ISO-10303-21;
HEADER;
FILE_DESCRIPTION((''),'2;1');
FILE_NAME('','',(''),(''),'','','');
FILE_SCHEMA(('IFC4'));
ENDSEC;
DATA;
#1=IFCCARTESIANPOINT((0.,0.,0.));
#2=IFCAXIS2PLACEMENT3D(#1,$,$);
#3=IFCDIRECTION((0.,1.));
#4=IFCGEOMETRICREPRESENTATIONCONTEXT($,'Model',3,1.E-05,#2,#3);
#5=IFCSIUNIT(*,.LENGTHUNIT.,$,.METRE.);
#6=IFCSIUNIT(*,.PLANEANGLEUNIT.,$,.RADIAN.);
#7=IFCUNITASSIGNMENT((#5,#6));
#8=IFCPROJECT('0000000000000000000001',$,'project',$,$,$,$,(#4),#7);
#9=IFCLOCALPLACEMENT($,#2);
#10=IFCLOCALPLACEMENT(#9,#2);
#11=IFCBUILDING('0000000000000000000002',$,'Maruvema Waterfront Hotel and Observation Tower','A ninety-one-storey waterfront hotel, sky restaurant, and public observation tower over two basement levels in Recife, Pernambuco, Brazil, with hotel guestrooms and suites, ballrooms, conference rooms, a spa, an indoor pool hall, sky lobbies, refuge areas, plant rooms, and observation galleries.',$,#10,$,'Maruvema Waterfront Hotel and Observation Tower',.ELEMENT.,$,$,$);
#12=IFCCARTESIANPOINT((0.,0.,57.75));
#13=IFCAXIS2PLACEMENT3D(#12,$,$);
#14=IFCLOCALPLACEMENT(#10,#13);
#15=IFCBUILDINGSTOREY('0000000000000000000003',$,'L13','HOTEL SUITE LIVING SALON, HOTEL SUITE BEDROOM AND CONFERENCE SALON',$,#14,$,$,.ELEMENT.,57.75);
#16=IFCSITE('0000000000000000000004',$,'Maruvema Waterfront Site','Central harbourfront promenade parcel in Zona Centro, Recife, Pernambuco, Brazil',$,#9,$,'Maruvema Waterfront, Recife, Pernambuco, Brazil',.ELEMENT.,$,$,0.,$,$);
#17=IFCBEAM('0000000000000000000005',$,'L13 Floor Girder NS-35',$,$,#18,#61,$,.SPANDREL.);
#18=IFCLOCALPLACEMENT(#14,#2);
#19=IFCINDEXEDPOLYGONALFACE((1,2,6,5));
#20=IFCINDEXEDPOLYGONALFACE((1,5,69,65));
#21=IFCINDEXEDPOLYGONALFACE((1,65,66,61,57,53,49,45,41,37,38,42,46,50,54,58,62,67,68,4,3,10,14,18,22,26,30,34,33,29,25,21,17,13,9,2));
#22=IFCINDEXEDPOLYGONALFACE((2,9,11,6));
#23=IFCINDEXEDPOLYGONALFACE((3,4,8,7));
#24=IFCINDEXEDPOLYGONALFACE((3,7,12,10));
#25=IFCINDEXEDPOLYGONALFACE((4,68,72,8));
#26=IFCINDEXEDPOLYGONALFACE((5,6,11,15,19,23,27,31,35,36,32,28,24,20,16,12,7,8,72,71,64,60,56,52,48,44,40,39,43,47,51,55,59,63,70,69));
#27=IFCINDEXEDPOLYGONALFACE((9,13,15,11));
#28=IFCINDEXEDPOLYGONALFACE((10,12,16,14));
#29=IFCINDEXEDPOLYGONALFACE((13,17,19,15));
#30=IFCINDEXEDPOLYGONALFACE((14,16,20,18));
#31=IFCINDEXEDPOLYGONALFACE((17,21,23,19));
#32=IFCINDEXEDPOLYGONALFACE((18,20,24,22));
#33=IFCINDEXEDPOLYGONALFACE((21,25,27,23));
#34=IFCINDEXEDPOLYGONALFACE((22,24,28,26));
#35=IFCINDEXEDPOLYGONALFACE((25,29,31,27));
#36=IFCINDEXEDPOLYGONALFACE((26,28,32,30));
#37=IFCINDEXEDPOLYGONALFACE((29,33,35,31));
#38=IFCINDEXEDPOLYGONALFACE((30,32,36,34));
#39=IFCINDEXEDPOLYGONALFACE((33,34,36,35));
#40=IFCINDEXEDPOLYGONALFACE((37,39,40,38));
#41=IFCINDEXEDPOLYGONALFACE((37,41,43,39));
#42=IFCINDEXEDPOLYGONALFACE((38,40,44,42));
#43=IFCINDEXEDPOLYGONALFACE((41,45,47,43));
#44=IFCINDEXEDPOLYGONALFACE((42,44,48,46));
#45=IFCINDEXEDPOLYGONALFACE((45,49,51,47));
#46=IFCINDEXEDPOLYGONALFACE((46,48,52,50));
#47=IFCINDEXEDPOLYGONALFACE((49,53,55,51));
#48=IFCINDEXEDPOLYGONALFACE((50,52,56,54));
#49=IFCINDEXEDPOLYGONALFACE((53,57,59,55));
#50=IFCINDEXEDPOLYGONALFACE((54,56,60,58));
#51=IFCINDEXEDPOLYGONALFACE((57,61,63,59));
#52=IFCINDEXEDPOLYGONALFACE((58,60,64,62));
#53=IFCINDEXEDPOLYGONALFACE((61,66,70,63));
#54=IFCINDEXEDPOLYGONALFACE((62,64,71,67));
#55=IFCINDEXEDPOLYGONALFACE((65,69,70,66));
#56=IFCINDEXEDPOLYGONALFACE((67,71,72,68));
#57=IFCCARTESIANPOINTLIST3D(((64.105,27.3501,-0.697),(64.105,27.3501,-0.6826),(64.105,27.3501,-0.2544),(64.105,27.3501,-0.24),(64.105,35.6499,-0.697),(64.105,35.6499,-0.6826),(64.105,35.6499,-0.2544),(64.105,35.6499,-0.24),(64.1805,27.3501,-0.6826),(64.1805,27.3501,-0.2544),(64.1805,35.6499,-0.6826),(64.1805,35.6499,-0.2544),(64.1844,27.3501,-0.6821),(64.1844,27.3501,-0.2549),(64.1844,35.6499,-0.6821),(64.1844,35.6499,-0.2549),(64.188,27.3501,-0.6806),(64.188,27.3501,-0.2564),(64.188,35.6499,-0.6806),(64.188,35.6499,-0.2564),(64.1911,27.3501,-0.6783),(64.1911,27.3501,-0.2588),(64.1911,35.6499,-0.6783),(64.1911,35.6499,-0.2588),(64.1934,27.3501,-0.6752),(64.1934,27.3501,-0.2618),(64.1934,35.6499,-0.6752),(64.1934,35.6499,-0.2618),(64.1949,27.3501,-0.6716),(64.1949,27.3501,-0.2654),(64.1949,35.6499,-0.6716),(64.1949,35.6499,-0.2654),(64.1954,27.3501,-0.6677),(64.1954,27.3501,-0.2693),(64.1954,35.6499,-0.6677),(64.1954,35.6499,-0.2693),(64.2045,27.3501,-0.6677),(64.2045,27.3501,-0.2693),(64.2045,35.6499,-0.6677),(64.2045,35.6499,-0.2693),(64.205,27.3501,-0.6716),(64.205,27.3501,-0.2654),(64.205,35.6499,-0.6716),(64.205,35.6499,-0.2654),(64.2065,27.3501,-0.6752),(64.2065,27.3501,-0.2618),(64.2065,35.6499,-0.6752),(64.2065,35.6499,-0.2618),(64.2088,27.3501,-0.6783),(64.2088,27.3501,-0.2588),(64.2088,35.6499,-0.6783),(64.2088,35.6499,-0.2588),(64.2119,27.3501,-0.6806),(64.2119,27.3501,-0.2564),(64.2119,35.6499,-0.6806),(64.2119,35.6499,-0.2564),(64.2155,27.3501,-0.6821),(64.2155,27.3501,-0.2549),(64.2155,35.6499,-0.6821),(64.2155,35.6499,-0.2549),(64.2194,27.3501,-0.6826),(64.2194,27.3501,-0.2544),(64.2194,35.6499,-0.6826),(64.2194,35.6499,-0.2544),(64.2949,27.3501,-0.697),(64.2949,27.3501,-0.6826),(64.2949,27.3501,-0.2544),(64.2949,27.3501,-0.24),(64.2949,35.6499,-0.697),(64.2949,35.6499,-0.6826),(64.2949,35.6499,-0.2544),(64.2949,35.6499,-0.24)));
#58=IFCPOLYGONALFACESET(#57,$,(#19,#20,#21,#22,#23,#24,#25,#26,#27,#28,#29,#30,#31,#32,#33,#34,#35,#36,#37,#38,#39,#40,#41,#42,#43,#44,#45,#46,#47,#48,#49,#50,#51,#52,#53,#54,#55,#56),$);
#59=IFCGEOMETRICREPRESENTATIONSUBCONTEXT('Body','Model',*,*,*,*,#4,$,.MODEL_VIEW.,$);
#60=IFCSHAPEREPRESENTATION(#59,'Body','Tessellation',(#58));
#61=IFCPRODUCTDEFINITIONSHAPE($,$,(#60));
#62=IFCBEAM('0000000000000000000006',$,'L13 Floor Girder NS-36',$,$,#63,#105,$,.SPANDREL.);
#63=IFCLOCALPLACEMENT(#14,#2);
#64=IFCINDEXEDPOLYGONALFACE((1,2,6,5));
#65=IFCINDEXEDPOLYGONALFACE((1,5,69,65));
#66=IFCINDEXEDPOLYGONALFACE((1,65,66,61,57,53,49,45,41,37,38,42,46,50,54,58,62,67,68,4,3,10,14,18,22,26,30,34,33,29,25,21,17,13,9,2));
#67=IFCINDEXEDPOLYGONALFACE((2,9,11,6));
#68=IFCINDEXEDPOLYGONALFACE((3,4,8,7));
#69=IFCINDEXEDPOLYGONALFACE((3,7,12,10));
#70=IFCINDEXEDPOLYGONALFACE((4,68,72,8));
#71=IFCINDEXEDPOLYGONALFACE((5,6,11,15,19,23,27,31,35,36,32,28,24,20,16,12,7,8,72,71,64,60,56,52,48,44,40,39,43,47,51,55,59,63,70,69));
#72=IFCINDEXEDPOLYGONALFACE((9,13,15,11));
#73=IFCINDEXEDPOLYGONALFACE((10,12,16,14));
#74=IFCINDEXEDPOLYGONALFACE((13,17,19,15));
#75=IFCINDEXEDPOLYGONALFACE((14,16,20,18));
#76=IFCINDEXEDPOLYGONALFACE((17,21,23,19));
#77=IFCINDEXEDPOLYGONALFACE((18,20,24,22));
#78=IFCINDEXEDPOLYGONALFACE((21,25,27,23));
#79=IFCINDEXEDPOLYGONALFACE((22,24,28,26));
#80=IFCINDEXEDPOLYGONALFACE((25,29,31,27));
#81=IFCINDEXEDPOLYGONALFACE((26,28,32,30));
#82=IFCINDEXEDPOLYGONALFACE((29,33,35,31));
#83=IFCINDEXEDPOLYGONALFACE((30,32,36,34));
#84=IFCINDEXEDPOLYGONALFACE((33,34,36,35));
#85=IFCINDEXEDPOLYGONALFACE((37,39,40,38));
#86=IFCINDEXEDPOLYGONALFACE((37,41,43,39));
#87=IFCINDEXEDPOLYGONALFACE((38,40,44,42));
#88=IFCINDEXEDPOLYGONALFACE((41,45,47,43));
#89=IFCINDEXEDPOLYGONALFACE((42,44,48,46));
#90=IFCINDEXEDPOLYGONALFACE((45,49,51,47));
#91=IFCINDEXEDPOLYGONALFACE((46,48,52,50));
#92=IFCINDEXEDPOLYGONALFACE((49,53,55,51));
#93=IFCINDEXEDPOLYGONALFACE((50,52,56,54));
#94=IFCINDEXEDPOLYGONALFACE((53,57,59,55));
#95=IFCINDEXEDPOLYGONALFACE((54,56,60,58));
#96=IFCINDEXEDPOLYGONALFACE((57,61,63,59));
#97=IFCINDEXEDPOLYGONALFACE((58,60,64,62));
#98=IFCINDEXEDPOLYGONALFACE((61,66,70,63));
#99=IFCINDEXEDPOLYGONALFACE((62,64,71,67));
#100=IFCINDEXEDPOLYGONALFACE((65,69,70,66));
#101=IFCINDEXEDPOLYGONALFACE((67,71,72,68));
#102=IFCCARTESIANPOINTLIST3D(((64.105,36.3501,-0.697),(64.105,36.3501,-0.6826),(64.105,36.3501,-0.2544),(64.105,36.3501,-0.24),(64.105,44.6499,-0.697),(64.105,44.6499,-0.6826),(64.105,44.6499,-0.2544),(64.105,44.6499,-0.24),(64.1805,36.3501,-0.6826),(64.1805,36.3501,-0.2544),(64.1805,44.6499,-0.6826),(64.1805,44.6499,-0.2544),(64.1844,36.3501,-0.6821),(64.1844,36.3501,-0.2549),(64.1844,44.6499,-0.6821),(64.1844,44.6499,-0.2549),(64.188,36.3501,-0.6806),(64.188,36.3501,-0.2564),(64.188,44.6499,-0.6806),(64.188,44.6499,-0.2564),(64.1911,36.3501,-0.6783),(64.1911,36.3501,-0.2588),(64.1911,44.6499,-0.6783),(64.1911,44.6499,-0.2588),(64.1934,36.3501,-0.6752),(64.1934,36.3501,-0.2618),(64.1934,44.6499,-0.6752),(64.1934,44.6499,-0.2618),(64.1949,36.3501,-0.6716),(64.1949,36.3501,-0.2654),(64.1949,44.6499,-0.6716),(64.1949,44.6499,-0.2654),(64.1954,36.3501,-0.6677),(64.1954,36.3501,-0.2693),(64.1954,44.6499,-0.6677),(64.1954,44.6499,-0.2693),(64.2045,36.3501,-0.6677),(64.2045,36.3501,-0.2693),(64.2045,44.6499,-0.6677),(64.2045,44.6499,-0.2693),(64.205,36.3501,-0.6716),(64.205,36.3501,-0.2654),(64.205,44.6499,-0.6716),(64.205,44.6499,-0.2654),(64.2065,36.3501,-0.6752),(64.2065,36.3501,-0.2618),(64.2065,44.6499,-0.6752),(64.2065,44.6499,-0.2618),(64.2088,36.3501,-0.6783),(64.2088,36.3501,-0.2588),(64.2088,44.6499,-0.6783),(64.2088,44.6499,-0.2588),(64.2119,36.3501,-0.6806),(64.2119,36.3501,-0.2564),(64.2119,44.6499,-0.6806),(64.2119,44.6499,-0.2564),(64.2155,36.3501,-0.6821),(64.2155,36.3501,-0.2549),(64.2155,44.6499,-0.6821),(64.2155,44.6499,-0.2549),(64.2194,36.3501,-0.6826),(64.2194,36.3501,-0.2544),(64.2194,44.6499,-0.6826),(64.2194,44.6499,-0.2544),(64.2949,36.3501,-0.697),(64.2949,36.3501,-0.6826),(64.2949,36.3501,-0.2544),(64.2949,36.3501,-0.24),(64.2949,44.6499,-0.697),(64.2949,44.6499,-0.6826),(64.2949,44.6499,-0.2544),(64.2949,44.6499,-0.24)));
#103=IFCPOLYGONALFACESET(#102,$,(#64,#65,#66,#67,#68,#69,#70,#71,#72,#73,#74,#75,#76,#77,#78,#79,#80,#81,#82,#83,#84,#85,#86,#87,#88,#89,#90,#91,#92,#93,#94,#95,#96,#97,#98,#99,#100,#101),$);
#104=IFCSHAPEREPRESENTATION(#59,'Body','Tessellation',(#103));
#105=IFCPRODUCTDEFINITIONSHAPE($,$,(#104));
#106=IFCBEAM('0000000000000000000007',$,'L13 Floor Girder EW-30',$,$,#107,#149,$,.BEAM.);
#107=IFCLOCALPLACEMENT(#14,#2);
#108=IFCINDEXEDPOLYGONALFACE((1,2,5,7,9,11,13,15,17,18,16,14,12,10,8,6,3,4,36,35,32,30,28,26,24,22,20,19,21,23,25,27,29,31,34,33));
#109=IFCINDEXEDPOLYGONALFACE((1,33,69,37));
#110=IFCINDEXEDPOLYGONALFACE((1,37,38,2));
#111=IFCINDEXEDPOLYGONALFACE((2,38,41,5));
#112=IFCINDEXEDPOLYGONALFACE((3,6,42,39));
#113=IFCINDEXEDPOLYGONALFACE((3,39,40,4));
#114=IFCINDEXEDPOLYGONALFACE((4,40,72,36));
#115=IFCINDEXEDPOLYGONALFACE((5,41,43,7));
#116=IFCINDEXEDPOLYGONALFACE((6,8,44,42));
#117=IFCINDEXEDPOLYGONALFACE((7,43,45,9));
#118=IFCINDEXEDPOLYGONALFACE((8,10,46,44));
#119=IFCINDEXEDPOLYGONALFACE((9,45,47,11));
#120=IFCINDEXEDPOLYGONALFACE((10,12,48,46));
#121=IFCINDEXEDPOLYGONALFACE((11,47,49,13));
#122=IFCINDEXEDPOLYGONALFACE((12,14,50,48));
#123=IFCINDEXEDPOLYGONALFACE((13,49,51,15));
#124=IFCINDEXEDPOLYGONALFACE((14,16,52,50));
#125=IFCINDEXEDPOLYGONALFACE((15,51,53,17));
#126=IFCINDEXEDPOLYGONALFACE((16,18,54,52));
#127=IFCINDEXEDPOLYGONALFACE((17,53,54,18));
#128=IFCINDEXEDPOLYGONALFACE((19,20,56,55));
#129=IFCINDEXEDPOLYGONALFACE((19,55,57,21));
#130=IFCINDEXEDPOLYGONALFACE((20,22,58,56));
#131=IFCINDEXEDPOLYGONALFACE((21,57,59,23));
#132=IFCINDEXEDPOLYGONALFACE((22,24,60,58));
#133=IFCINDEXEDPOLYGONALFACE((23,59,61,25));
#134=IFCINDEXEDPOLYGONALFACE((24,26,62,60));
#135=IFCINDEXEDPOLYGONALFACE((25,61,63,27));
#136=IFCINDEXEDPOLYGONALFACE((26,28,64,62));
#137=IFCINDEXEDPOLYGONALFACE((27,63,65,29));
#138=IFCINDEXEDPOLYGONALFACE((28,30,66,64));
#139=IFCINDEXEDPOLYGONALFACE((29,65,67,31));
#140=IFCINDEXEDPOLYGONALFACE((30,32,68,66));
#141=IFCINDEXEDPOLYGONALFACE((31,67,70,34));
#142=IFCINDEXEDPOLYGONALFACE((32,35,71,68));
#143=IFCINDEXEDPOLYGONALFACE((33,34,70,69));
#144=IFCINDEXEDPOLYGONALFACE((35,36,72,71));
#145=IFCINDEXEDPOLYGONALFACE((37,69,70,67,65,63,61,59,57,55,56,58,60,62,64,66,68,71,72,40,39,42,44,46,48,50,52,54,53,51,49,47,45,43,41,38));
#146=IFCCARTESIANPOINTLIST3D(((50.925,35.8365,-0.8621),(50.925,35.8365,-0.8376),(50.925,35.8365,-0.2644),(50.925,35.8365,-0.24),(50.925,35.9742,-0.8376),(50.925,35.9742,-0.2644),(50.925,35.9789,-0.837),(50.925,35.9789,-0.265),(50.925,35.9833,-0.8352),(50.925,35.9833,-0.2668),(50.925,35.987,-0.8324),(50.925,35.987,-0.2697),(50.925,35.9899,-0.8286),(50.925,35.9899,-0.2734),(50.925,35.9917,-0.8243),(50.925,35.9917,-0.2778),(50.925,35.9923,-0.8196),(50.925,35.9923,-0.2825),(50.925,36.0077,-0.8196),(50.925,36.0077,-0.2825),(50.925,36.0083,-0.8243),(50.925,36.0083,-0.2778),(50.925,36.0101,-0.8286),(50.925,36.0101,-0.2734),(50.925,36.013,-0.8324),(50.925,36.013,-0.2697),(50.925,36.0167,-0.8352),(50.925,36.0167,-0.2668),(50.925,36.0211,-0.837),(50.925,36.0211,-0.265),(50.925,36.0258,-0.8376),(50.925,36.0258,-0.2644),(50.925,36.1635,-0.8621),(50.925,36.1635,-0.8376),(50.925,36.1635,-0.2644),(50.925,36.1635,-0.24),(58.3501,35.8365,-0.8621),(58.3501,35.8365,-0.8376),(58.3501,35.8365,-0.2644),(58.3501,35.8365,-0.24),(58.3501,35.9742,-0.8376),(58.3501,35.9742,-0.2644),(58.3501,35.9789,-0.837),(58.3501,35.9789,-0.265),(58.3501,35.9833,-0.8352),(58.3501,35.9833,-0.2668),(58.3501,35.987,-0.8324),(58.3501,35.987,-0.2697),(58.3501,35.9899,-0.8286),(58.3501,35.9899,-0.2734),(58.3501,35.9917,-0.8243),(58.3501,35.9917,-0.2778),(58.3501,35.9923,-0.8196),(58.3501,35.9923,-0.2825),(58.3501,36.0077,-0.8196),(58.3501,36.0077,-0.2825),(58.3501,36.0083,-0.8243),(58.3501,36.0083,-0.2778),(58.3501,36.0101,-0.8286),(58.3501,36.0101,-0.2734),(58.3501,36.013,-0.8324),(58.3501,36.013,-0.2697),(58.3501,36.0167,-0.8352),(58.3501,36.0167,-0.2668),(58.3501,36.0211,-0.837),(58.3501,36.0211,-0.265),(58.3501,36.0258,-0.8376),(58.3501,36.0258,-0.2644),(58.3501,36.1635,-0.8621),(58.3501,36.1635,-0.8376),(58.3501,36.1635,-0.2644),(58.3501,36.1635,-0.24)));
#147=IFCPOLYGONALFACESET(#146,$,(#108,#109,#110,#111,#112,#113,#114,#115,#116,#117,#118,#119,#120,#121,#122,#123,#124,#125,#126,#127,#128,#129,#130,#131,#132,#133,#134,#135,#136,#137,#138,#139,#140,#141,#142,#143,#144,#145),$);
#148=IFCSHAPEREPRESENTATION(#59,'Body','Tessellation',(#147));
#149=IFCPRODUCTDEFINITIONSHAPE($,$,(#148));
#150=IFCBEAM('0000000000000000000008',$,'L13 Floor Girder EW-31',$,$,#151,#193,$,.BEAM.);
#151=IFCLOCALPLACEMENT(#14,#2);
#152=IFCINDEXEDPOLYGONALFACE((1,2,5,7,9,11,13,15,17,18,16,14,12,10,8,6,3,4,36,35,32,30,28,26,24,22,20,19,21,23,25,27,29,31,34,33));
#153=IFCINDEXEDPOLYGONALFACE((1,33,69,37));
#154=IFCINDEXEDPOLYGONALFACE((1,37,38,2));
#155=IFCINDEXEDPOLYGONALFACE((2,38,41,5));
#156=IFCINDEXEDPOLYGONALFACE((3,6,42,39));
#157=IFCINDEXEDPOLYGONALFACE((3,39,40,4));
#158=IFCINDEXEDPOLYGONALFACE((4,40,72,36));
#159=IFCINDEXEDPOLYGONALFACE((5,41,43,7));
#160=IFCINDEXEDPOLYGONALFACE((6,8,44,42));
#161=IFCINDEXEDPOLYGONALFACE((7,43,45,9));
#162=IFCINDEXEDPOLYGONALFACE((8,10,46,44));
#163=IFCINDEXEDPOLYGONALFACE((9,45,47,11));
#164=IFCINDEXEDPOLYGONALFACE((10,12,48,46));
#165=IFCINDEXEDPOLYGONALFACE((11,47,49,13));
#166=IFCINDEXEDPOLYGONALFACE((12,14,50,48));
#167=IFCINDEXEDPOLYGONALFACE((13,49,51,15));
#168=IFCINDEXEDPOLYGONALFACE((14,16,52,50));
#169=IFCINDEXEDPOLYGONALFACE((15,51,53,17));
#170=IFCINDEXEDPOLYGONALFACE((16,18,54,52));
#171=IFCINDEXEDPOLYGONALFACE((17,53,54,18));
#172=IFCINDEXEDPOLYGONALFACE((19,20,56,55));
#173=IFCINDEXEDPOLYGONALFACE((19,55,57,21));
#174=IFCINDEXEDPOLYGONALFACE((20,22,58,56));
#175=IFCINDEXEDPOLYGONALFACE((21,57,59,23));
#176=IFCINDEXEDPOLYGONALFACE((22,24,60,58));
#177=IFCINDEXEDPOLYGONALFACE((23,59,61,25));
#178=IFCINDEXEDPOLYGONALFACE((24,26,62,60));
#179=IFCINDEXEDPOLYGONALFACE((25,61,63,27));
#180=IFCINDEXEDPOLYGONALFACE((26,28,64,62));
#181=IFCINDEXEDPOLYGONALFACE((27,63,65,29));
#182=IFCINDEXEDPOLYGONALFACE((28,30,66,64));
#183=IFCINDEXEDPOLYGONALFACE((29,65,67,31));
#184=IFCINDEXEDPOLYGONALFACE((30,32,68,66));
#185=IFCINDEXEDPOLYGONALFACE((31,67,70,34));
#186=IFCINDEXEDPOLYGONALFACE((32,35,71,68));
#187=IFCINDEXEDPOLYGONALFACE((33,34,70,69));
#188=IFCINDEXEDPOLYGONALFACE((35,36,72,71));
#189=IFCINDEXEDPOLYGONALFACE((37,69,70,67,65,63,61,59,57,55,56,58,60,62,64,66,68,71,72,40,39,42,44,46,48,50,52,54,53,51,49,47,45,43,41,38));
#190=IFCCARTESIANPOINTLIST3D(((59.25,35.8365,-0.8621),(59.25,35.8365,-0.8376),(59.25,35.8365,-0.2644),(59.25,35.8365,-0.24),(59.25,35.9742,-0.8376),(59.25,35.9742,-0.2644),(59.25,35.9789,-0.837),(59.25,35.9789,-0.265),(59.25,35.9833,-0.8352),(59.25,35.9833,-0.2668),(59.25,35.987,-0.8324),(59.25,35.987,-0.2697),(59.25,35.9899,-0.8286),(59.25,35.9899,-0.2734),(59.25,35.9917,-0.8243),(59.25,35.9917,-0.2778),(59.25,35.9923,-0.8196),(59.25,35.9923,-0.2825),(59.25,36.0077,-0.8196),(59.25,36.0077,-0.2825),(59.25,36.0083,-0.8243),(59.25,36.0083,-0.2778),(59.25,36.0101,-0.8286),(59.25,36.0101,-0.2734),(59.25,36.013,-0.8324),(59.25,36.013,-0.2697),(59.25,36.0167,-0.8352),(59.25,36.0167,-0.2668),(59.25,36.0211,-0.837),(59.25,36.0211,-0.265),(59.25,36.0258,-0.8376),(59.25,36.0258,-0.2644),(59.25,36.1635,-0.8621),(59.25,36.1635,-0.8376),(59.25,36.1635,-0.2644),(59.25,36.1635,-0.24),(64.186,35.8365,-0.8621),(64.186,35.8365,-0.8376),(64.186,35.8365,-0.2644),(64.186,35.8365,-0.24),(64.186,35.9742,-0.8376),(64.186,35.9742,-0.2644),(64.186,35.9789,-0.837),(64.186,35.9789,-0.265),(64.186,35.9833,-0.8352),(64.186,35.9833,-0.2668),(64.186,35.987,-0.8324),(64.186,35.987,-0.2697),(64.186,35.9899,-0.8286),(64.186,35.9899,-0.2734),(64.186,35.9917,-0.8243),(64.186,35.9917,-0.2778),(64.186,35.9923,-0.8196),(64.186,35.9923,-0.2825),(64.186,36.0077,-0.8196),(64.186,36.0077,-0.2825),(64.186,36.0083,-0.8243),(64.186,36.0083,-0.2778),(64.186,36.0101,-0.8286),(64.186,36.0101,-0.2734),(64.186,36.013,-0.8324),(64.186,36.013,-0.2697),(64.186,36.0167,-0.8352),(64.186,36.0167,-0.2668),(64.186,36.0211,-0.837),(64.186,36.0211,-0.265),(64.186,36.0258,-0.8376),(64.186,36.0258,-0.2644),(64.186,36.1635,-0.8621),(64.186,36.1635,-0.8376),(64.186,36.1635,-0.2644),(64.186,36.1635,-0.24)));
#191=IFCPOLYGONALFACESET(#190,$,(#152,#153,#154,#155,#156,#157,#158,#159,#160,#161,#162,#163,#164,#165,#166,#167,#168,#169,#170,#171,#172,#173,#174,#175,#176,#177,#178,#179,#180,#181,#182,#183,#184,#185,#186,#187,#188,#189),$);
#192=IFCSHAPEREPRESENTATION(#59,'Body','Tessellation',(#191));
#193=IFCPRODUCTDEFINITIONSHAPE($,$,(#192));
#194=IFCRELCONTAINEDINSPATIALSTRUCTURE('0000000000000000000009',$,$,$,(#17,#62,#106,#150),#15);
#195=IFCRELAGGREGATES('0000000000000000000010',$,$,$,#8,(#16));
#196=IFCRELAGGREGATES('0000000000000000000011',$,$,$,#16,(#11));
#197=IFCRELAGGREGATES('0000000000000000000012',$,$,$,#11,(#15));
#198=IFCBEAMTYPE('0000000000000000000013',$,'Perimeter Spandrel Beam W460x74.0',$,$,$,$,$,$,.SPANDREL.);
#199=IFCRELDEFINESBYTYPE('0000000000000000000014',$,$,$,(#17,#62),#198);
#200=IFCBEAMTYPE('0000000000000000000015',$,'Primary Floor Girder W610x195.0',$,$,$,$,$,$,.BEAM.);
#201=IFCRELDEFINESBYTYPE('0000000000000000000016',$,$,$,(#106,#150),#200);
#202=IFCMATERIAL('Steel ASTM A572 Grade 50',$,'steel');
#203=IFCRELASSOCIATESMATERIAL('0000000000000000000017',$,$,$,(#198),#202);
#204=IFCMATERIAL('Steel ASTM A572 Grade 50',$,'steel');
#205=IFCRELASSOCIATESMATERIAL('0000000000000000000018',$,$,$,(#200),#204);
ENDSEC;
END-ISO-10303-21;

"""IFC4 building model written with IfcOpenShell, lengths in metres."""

from ifc_helpers import new_model, si_unit, direction, frame, origin, origin_2d, place, context, subcontext, project, spatial, i_section, extrude, material, material_profile, profile_set, type_object, element, save


model = new_model("IFC4")

# Units and contexts
model_context = context("Model", 3, precision=1e-05, world=origin(), true_north=direction((0.0, 1.0)))
body_context = subcontext(model_context, "Body", "Model", "MODEL_VIEW")
ifc_project = project(units=[si_unit("LENGTHUNIT", "METRE"), si_unit("PLANEANGLEUNIT", "RADIAN")], contexts=[model_context])

# Site, building, storey
site_placement = place(None, origin())
site = spatial("IfcSite", under=ifc_project, at=site_placement, Name="Maruvema Waterfront Site", Description="Central harbourfront promenade parcel in Zona Centro, Recife, Pernambuco, Brazil", LongName="Maruvema Waterfront, Recife, Pernambuco, Brazil", CompositionType="ELEMENT", RefElevation=0.0)
building_placement = place(site_placement, origin())
building = spatial("IfcBuilding", under=site, at=building_placement, Name="Maruvema Waterfront Hotel and Observation Tower", Description="A ninety-one-storey waterfront hotel, sky restaurant, and public observation tower over two basement levels in Recife, Pernambuco, Brazil, with hotel guestrooms and suites, ballrooms, conference rooms, a spa, an indoor pool hall, sky lobbies, refuge areas, plant rooms, and observation galleries.", LongName="Maruvema Waterfront Hotel and Observation Tower", CompositionType="ELEMENT")
storey_placement = place(building_placement, frame((0.0, 0.0, 57.75)))
storey = spatial("IfcBuildingStorey", under=building, at=storey_placement, Name="L13", Description="HOTEL SUITE LIVING SALON, HOTEL SUITE BEDROOM AND CONFERENCE SALON", CompositionType="ELEMENT", Elevation=57.75)

# Beams
ifc_material_1 = material(Name="Steel ASTM A572 Grade 50", Category="steel")
ifc_material_profile_1 = material_profile(ifc_material_1, i_section(OverallWidth=0.1899, OverallDepth=0.457, WebThickness=0.009, FlangeThickness=0.0144, FilletRadius=0.0149, at=origin_2d()), Name="W460x74.0")
ifc_profile_set_1 = profile_set([ifc_material_profile_1], Name="Steel ASTM A572 Grade 50")
beam_type_1 = type_object("IfcBeamType", Name="Perimeter Spandrel Beam W460x74.0", PredefinedType="SPANDREL", material=ifc_profile_set_1)
for number, where, z_axis, x_axis, name in (
    (1, (64.2, 27.3501, -0.4685), (0.0, 1.0, 0.0), (-1.0, 0.0, 0.0), "L13 Floor Girder NS-35"),
    (2, (64.2, 36.3501, -0.4685), (0.0, 1.0, 0.0), (-1.0, 0.0, 0.0), "L13 Floor Girder NS-36"),
):
    element("IfcBeam", number, at=place(storey_placement, frame(where, z_axis=z_axis, x_axis=x_axis)), inside=storey, type_object=beam_type_1, Name=name, PredefinedType="SPANDREL", context=body_context, shape_type="SweptSolid", body=[
        extrude(i_section(OverallWidth=0.1899, OverallDepth=0.457, WebThickness=0.009, FlangeThickness=0.0144, FilletRadius=0.0149, at=origin_2d()), origin(), (0.0, 0.0, 1.0), 8.2998),
    ])
ifc_material_2 = material(Name="Steel ASTM A572 Grade 50", Category="steel")
ifc_material_profile_2 = material_profile(ifc_material_2, i_section(OverallWidth=0.3269, OverallDepth=0.6221, WebThickness=0.0154, FlangeThickness=0.0244, FilletRadius=0.0181, at=origin_2d()), Name="W610x195.0")
ifc_profile_set_2 = profile_set([ifc_material_profile_2], Name="Steel ASTM A572 Grade 50")
beam_type_2 = type_object("IfcBeamType", Name="Primary Floor Girder W610x195.0", PredefinedType="BEAM", material=ifc_profile_set_2)
beam_1_placement = place(storey_placement, frame((50.925, 36.0, -0.551), z_axis=(1.0, 0.0, 0.0), x_axis=(0.0, 1.0, 0.0)))
element("IfcBeam", 3, at=beam_1_placement, inside=storey, type_object=beam_type_2, Name="L13 Floor Girder EW-30", PredefinedType="BEAM", context=body_context, shape_type="SweptSolid", body=[
    extrude(i_section(OverallWidth=0.3269, OverallDepth=0.6221, WebThickness=0.0154, FlangeThickness=0.0244, FilletRadius=0.0181, at=origin_2d()), origin(), (0.0, 0.0, 1.0), 7.425),
])
beam_2_placement = place(storey_placement, frame((59.25, 36.0, -0.551), z_axis=(1.0, 0.0, 0.0), x_axis=(0.0, 1.0, 0.0)))
element("IfcBeam", 4, at=beam_2_placement, inside=storey, type_object=beam_type_2, Name="L13 Floor Girder EW-31", PredefinedType="BEAM", context=body_context, shape_type="SweptSolid", body=[
    extrude(i_section(OverallWidth=0.3269, OverallDepth=0.6221, WebThickness=0.0154, FlangeThickness=0.0244, FilletRadius=0.0181, at=origin_2d()), origin(), (0.0, 0.0, 1.0), 4.936),
])

save(model, "model.ifc")
